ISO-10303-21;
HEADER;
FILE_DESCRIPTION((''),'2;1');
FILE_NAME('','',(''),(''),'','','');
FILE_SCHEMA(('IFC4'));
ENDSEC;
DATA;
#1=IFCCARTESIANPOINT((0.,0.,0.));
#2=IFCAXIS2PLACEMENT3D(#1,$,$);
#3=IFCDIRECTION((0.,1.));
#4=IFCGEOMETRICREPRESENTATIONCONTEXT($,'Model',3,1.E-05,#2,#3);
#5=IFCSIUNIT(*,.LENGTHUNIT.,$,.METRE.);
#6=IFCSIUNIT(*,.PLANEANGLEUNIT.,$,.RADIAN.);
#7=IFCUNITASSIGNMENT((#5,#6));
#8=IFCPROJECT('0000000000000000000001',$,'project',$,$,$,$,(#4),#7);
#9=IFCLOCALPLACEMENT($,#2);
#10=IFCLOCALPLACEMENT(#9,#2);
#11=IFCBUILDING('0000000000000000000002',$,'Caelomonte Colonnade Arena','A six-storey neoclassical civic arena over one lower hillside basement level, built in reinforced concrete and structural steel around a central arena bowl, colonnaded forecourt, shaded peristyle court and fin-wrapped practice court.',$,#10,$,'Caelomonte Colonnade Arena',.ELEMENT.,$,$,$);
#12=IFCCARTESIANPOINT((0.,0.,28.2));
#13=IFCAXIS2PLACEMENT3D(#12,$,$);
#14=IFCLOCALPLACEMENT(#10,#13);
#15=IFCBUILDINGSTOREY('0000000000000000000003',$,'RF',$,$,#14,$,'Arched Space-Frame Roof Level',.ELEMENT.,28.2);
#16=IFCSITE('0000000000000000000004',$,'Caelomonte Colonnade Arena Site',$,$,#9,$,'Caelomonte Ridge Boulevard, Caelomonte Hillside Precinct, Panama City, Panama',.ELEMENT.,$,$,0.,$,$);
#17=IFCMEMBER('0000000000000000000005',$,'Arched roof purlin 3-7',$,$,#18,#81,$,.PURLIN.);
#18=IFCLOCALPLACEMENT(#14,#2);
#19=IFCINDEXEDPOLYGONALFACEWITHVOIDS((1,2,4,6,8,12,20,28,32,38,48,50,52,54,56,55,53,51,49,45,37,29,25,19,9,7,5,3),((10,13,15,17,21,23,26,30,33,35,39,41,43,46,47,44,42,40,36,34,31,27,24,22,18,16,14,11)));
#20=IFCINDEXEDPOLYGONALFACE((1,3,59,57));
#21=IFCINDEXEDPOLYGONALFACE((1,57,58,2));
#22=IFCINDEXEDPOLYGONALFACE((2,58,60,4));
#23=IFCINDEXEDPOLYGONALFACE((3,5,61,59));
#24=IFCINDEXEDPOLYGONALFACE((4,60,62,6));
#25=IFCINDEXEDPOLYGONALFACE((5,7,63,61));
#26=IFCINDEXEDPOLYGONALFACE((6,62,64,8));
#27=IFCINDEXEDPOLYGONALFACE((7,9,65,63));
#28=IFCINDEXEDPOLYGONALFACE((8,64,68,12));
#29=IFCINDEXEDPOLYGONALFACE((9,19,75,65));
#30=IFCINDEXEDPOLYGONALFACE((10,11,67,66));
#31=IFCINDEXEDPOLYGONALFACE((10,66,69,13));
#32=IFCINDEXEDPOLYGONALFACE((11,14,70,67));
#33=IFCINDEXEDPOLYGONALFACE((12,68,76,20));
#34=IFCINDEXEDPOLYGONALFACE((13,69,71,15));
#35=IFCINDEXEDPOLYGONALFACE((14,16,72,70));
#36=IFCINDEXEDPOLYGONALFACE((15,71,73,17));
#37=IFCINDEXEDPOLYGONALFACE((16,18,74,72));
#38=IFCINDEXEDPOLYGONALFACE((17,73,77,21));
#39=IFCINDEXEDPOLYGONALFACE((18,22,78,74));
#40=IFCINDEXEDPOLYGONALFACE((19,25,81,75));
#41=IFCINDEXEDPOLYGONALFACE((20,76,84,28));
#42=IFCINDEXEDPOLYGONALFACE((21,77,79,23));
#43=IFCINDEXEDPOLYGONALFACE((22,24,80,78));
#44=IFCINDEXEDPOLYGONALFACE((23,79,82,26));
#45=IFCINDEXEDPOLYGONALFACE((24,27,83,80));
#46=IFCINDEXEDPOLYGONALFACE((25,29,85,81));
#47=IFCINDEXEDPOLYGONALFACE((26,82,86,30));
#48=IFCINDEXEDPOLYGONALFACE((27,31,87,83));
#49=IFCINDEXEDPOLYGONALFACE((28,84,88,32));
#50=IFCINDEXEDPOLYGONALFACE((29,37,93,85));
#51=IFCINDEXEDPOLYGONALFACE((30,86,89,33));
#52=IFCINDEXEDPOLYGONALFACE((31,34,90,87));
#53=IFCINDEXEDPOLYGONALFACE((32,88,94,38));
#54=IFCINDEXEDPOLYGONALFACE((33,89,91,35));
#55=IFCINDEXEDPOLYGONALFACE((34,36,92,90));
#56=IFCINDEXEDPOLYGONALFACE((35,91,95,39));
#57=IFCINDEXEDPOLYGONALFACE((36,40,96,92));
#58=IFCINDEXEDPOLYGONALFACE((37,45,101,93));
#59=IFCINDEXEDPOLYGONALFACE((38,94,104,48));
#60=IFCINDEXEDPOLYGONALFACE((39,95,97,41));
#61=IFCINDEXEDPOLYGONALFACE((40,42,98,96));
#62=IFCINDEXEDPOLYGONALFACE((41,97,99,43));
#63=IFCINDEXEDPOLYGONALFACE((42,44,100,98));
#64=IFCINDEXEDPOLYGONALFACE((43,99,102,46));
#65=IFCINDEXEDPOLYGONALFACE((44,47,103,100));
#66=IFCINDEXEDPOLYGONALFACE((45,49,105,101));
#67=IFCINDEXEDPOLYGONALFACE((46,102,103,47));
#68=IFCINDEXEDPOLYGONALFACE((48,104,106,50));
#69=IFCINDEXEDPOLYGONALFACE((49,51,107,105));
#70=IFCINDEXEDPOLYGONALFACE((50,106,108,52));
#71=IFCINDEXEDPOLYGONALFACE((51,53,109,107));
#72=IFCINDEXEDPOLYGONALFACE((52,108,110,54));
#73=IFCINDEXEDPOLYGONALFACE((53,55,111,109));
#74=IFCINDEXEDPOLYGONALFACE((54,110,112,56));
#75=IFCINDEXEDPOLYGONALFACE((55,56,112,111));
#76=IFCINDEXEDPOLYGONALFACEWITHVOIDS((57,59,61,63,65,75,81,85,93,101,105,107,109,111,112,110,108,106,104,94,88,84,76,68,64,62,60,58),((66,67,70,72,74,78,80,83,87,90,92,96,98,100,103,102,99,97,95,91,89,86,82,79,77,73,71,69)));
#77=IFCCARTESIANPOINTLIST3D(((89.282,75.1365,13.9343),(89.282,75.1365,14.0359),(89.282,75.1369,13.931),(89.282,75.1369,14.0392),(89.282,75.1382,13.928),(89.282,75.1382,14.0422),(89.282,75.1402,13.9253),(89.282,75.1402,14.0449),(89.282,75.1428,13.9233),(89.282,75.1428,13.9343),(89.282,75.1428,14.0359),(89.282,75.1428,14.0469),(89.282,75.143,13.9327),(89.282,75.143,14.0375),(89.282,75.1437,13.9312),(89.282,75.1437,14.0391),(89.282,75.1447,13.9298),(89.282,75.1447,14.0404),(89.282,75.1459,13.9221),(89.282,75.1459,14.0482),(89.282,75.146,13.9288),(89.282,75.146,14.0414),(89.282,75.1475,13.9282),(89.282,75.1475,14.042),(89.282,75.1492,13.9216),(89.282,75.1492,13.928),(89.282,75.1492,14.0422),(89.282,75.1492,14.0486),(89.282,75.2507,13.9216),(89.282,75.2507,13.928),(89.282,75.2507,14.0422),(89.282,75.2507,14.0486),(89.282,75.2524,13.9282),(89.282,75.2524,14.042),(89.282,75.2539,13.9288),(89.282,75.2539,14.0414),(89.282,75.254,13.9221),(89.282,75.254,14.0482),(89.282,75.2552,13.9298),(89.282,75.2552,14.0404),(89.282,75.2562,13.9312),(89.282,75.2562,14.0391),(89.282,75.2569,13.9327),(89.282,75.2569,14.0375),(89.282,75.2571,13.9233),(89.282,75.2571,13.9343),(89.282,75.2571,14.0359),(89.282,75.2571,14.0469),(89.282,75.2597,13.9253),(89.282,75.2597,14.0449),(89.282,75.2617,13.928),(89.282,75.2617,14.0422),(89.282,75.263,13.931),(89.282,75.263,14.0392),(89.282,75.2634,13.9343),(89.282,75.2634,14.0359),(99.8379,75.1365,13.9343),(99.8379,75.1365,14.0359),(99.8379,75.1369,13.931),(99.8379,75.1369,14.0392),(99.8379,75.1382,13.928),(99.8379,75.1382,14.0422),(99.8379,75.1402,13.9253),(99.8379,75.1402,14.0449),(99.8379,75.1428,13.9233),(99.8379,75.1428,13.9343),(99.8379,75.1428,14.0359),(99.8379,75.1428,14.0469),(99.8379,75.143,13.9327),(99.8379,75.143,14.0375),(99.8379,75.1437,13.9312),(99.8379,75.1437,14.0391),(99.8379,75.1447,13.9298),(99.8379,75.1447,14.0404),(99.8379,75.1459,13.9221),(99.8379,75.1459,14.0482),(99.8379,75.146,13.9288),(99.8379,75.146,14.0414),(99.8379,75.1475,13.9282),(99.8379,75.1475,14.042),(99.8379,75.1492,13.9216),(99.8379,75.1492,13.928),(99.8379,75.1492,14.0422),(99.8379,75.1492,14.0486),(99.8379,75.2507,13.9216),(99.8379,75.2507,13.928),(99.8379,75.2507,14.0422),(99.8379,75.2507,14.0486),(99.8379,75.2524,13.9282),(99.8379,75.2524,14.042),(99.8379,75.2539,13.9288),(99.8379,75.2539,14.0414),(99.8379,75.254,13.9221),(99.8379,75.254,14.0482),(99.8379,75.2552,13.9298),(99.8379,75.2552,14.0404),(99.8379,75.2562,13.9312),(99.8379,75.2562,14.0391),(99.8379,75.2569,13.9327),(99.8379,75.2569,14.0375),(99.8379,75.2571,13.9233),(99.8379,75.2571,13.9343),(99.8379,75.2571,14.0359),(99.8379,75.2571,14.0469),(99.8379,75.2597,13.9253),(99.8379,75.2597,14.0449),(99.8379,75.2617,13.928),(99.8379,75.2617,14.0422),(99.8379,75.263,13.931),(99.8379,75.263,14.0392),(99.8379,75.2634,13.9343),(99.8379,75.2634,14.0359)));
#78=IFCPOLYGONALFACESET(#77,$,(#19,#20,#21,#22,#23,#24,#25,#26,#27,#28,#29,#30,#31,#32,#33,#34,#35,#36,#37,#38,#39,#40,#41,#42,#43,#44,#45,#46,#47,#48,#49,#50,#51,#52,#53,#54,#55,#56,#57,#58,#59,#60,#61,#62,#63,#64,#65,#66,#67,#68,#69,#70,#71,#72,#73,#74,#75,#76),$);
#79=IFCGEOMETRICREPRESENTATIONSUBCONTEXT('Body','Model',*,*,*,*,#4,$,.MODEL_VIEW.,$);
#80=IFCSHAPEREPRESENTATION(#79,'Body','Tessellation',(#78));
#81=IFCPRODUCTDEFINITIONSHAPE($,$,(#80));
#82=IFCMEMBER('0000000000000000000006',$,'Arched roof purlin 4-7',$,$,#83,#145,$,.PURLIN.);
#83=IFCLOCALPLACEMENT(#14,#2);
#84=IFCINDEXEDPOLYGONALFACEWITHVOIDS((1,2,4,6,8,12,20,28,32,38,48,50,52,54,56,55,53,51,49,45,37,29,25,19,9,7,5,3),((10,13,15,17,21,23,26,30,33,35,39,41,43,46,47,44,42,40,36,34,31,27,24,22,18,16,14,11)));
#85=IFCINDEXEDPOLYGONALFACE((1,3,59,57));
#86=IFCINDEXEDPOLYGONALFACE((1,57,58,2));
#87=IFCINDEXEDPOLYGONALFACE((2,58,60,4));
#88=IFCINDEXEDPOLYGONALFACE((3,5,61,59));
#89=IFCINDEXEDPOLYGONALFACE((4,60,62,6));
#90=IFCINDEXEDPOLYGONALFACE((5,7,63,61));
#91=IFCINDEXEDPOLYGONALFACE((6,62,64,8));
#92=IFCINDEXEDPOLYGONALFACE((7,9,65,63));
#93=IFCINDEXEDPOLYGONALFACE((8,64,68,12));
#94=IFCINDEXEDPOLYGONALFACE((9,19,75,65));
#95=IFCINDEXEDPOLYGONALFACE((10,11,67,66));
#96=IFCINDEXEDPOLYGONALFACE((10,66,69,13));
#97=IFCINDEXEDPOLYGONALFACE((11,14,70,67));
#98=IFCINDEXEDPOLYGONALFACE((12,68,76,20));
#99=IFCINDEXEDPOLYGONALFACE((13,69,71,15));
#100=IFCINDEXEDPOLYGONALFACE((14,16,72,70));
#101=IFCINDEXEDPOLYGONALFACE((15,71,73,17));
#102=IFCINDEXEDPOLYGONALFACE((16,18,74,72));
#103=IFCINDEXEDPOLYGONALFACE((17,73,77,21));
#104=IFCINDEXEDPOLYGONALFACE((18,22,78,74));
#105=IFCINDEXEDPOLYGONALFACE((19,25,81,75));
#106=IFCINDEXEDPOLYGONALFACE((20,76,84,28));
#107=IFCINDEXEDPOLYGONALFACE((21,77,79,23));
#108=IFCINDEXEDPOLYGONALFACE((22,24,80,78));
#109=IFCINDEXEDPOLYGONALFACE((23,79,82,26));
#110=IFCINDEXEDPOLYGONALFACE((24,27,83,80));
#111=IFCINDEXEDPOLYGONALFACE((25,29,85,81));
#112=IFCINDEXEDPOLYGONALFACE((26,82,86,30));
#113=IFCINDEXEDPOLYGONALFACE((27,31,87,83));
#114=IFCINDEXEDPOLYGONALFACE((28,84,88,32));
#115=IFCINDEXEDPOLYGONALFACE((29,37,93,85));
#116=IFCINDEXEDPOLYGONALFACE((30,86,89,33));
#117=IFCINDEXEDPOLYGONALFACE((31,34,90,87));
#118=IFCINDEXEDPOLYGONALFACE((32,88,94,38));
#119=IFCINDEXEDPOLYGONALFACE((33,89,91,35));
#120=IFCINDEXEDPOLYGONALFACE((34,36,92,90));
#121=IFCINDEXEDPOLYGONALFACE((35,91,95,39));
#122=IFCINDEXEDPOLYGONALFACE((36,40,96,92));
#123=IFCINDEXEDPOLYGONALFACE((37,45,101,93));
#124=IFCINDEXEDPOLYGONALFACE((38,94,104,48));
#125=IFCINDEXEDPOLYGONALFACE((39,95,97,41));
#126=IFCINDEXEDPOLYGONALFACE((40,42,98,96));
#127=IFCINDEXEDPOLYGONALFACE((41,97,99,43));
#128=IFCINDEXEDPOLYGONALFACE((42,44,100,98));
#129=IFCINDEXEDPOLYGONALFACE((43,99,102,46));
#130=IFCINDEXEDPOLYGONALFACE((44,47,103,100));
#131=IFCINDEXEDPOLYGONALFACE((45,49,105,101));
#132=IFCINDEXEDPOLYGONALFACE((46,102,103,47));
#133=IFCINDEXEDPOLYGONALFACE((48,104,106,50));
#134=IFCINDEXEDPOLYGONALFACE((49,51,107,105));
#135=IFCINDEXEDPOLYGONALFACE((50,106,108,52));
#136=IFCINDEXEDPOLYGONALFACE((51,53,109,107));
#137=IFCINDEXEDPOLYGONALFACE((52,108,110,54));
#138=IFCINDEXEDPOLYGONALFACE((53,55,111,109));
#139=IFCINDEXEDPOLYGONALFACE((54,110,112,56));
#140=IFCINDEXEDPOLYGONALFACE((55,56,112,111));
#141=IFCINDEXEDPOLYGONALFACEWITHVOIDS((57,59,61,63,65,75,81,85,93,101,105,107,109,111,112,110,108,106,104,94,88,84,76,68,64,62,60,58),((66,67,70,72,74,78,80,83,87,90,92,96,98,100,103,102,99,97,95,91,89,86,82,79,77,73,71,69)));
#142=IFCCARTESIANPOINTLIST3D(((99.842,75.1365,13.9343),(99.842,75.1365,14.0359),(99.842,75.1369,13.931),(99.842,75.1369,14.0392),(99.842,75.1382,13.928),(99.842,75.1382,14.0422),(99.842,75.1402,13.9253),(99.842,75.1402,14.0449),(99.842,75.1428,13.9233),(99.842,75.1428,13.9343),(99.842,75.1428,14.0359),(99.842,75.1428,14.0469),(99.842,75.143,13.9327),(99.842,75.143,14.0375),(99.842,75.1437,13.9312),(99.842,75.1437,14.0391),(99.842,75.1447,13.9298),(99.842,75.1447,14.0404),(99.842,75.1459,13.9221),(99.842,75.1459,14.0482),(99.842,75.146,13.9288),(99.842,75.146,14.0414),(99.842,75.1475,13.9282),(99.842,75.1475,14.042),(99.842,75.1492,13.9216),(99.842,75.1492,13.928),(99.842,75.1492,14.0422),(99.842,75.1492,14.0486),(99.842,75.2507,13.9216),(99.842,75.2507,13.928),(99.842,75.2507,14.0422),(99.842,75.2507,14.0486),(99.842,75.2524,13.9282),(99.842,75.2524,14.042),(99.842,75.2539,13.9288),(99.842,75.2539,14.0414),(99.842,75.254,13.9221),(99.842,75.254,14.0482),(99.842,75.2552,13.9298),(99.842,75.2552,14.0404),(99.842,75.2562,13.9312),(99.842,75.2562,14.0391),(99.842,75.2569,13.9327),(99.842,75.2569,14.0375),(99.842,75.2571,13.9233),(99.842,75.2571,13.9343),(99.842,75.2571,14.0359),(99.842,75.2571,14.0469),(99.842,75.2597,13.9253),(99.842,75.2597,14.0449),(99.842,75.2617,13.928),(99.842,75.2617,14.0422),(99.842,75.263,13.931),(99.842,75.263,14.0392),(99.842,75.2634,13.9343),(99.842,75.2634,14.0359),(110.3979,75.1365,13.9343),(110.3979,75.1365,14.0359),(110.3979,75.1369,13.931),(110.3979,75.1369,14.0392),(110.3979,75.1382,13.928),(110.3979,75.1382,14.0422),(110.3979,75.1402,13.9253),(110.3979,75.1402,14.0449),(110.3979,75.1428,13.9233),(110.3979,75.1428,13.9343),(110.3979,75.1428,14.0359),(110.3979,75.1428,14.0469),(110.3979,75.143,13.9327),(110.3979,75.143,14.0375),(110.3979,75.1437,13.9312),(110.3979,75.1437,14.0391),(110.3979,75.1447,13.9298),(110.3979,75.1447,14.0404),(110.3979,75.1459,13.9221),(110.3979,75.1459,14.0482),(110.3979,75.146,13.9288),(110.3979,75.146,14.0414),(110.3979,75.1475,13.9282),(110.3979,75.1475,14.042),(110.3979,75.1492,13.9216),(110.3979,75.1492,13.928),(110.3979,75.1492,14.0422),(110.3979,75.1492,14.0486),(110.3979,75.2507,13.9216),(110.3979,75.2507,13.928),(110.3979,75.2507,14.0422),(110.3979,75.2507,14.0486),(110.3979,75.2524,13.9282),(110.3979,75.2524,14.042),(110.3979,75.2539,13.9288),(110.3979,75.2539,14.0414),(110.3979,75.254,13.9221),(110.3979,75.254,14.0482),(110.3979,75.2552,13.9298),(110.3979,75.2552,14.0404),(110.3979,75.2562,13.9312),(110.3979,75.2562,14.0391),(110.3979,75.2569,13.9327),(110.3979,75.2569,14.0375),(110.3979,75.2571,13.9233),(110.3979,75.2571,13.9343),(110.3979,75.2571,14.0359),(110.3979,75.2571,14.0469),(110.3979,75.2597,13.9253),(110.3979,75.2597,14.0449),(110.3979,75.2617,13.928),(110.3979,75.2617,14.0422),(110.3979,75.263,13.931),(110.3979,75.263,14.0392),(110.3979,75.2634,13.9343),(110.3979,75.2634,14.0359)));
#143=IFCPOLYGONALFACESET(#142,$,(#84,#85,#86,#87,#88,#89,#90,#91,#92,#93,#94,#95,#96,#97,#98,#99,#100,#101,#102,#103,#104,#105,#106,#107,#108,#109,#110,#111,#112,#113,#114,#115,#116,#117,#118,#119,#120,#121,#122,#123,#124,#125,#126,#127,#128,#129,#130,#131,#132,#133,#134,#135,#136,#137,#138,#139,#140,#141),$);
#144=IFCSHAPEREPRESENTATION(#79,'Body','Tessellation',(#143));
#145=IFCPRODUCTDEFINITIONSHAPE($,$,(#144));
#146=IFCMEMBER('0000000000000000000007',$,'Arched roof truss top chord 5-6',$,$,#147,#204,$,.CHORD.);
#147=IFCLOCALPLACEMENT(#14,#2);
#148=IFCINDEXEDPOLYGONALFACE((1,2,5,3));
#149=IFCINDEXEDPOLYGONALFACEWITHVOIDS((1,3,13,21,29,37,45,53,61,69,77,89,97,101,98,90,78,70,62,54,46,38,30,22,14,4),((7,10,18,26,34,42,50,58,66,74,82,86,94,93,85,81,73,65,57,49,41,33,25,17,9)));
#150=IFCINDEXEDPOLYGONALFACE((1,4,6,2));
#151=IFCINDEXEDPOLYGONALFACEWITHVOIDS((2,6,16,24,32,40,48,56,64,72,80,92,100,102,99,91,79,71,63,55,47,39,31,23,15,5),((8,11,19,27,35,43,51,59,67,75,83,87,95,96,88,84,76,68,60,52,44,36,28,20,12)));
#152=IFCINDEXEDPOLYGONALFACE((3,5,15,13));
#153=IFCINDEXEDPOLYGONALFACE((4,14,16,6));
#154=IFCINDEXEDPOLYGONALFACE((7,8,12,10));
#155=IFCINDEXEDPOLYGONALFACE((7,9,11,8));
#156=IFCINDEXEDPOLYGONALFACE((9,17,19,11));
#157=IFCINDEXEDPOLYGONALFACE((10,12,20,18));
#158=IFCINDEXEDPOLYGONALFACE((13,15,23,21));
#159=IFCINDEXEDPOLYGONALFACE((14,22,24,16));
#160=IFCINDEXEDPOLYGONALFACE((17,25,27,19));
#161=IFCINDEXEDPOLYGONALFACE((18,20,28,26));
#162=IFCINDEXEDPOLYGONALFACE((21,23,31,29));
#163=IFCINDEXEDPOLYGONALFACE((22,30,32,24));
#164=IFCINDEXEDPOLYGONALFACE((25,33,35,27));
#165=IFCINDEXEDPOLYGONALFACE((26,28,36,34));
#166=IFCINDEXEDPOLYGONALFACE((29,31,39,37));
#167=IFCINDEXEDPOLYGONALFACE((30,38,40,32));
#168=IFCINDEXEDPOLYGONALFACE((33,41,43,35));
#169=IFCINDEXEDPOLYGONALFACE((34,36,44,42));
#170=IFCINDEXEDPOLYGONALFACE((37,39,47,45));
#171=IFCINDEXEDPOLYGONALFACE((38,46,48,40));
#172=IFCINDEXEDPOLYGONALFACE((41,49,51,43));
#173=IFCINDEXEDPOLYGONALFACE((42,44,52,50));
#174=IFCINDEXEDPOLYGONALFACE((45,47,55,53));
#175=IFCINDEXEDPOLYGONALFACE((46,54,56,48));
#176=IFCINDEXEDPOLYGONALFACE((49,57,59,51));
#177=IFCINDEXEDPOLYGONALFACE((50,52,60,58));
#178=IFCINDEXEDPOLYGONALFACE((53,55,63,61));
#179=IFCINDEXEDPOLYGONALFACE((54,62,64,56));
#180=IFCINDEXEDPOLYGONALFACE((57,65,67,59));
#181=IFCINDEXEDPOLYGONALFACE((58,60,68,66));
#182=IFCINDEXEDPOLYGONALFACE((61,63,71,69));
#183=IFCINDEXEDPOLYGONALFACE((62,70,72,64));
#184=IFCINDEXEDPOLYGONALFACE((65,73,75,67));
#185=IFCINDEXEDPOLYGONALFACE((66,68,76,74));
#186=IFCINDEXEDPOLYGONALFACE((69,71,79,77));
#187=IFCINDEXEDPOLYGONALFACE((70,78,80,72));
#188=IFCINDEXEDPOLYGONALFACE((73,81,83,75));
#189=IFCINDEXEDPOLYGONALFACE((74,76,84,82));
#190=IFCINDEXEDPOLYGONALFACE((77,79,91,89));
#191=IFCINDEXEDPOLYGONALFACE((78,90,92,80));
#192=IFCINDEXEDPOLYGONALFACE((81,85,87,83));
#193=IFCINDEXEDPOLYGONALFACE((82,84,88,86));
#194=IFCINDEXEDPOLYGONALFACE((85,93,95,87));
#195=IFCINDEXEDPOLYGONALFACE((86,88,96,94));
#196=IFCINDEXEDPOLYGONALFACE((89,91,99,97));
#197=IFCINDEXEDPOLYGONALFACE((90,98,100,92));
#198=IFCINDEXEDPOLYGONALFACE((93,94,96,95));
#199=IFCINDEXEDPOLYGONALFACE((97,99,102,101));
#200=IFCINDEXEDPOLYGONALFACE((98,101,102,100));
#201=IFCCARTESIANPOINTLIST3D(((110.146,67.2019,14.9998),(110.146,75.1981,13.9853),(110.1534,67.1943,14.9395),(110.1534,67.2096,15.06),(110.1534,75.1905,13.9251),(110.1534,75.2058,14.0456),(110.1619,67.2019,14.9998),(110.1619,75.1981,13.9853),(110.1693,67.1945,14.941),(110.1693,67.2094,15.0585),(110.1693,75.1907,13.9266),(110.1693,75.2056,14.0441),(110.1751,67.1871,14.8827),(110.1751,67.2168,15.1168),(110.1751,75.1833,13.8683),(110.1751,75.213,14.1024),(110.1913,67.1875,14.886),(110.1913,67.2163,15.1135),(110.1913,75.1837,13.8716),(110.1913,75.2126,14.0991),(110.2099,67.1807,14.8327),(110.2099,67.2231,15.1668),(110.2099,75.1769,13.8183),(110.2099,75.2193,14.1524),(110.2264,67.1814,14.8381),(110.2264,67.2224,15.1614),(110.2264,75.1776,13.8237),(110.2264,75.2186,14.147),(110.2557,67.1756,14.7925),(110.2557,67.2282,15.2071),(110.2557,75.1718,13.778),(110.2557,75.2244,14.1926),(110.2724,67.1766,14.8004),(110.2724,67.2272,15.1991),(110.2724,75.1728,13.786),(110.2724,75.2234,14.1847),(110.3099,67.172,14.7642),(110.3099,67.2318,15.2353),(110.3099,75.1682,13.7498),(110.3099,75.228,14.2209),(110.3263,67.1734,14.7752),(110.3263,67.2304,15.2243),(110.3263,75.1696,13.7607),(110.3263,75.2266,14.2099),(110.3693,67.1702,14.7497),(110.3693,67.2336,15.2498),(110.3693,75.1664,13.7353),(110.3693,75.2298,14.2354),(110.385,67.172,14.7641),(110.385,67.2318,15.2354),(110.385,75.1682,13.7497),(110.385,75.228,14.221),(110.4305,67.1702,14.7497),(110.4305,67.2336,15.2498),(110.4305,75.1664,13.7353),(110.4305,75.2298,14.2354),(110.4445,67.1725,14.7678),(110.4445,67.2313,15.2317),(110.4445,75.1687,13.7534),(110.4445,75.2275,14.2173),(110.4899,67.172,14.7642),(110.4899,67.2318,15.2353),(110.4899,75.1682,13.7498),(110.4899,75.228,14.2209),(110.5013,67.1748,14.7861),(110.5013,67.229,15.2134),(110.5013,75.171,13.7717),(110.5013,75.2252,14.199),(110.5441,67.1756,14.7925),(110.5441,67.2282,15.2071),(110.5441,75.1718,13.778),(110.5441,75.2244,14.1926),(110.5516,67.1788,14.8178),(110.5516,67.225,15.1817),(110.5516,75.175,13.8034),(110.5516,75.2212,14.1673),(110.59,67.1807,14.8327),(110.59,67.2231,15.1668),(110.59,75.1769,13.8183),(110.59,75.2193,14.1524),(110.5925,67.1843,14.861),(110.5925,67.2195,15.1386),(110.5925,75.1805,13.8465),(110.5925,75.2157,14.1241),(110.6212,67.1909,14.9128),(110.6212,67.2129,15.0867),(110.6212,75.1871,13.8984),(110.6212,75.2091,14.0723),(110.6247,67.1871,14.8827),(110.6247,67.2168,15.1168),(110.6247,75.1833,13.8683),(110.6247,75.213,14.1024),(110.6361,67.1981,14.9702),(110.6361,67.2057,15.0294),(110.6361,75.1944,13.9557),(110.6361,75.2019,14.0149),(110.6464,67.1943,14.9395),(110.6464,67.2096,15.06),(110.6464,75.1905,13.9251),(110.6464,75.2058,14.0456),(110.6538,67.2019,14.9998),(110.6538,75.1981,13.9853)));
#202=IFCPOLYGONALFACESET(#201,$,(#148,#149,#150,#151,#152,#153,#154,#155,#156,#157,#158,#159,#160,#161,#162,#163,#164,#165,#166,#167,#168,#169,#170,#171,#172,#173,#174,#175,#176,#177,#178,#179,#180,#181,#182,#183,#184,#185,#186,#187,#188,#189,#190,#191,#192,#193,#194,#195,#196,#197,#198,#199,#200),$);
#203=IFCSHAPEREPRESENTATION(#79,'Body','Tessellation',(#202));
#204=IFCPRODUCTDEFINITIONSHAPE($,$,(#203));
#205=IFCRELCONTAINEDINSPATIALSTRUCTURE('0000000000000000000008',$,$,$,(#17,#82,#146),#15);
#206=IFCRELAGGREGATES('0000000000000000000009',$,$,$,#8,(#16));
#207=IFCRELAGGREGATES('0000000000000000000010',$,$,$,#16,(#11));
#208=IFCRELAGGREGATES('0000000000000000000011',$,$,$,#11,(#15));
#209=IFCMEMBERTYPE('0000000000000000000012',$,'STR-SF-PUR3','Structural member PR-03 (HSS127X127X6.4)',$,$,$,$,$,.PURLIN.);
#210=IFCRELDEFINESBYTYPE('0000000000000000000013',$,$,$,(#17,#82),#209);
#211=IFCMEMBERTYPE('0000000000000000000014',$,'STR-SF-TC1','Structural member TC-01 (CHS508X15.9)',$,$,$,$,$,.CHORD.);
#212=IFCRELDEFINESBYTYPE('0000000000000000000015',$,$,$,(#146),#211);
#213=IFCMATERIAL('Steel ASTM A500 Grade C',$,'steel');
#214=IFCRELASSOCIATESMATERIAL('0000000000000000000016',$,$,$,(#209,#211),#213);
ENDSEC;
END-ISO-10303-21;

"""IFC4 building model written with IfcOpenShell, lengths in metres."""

from ifc_helpers import new_model, si_unit, direction, frame, origin, origin_2d, place, context, subcontext, project, spatial, hollow_rectangle, hollow_circle, extrude, material, material_profile, profile_set, type_object, element, save


model = new_model("IFC4")

# Units and contexts
model_context = context("Model", 3, precision=1e-05, world=origin(), true_north=direction((0.0, 1.0)))
body_context = subcontext(model_context, "Body", "Model", "MODEL_VIEW")
ifc_project = project(units=[si_unit("LENGTHUNIT", "METRE"), si_unit("PLANEANGLEUNIT", "RADIAN")], contexts=[model_context])

# Site, building, storey
site_placement = place(None, origin())
site = spatial("IfcSite", under=ifc_project, at=site_placement, Name="Caelomonte Colonnade Arena Site", LongName="Caelomonte Ridge Boulevard, Caelomonte Hillside Precinct, Panama City, Panama", CompositionType="ELEMENT", RefElevation=0.0)
building_placement = place(site_placement, origin())
building = spatial("IfcBuilding", under=site, at=building_placement, Name="Caelomonte Colonnade Arena", Description="A six-storey neoclassical civic arena over one lower hillside basement level, built in reinforced concrete and structural steel around a central arena bowl, colonnaded forecourt, shaded peristyle court and fin-wrapped practice court.", LongName="Caelomonte Colonnade Arena", CompositionType="ELEMENT")
storey_placement = place(building_placement, frame((0.0, 0.0, 28.2)))
storey = spatial("IfcBuildingStorey", under=building, at=storey_placement, Name="RF", LongName="Arched Space-Frame Roof Level", CompositionType="ELEMENT", Elevation=28.2)

# Members
ifc_material_1 = material(Name="Steel ASTM A500 Grade C", Category="steel")
ifc_material_profile_1 = material_profile(ifc_material_1, hollow_rectangle(XDim=0.127, YDim=0.127, WallThickness=0.0063, InnerFilletRadius=0.0063, OuterFilletRadius=0.0127, at=origin_2d()), Name="HSS127X127X6.4")
ifc_profile_set_1 = profile_set([ifc_material_profile_1], Name="Steel ASTM A500 Grade C")
member_type_1 = type_object("IfcMemberType", Name="STR-SF-PUR3", Description="Structural member PR-03 (HSS127X127X6.4)", PredefinedType="PURLIN", material=ifc_profile_set_1)
for number, where, z_axis, x_axis, name in (
    (1, (89.282, 75.2, 13.9851), (1.0, 0.0, 0.0), (0.0, 1.0, 0.0), "Arched roof purlin 3-7"),
    (2, (99.842, 75.2, 13.9851), (1.0, 0.0, 0.0), (0.0, 1.0, 0.0), "Arched roof purlin 4-7"),
):
    element("IfcMember", number, at=place(storey_placement, frame(where, z_axis=z_axis, x_axis=x_axis)), inside=storey, type_object=member_type_1, Name=name, PredefinedType="PURLIN", context=body_context, shape_type="SweptSolid", body=[
        extrude(hollow_rectangle(XDim=0.127, YDim=0.127, WallThickness=0.0063, InnerFilletRadius=0.0063, OuterFilletRadius=0.0127, at=origin_2d()), origin(), (0.0, 0.0, 1.0), 10.5559),
    ])
ifc_material_profile_2 = material_profile(ifc_material_1, hollow_circle(Radius=0.2539, WallThickness=0.0159, at=origin_2d()), Name="CHS508X15.9")
ifc_profile_set_2 = profile_set([ifc_material_profile_2], Name="Steel ASTM A500 Grade C")
member_type_2 = type_object("IfcMemberType", Name="STR-SF-TC1", Description="Structural member TC-01 (CHS508X15.9)", PredefinedType="CHORD", material=ifc_profile_set_2)
member_1_placement = place(storey_placement, frame((110.3999, 67.2019, 14.9998), z_axis=(0.0, 0.992049, -0.125854), x_axis=(-1.0, 0.0, 0.0)))
element("IfcMember", 3, at=member_1_placement, inside=storey, type_object=member_type_2, Name="Arched roof truss top chord 5-6", PredefinedType="CHORD", context=body_context, shape_type="SweptSolid", body=[
    extrude(hollow_circle(Radius=0.2539, WallThickness=0.0159, at=origin_2d()), origin(), (0.0, 0.0, 1.0), 8.0603),
])

save(model, "model.ifc")
